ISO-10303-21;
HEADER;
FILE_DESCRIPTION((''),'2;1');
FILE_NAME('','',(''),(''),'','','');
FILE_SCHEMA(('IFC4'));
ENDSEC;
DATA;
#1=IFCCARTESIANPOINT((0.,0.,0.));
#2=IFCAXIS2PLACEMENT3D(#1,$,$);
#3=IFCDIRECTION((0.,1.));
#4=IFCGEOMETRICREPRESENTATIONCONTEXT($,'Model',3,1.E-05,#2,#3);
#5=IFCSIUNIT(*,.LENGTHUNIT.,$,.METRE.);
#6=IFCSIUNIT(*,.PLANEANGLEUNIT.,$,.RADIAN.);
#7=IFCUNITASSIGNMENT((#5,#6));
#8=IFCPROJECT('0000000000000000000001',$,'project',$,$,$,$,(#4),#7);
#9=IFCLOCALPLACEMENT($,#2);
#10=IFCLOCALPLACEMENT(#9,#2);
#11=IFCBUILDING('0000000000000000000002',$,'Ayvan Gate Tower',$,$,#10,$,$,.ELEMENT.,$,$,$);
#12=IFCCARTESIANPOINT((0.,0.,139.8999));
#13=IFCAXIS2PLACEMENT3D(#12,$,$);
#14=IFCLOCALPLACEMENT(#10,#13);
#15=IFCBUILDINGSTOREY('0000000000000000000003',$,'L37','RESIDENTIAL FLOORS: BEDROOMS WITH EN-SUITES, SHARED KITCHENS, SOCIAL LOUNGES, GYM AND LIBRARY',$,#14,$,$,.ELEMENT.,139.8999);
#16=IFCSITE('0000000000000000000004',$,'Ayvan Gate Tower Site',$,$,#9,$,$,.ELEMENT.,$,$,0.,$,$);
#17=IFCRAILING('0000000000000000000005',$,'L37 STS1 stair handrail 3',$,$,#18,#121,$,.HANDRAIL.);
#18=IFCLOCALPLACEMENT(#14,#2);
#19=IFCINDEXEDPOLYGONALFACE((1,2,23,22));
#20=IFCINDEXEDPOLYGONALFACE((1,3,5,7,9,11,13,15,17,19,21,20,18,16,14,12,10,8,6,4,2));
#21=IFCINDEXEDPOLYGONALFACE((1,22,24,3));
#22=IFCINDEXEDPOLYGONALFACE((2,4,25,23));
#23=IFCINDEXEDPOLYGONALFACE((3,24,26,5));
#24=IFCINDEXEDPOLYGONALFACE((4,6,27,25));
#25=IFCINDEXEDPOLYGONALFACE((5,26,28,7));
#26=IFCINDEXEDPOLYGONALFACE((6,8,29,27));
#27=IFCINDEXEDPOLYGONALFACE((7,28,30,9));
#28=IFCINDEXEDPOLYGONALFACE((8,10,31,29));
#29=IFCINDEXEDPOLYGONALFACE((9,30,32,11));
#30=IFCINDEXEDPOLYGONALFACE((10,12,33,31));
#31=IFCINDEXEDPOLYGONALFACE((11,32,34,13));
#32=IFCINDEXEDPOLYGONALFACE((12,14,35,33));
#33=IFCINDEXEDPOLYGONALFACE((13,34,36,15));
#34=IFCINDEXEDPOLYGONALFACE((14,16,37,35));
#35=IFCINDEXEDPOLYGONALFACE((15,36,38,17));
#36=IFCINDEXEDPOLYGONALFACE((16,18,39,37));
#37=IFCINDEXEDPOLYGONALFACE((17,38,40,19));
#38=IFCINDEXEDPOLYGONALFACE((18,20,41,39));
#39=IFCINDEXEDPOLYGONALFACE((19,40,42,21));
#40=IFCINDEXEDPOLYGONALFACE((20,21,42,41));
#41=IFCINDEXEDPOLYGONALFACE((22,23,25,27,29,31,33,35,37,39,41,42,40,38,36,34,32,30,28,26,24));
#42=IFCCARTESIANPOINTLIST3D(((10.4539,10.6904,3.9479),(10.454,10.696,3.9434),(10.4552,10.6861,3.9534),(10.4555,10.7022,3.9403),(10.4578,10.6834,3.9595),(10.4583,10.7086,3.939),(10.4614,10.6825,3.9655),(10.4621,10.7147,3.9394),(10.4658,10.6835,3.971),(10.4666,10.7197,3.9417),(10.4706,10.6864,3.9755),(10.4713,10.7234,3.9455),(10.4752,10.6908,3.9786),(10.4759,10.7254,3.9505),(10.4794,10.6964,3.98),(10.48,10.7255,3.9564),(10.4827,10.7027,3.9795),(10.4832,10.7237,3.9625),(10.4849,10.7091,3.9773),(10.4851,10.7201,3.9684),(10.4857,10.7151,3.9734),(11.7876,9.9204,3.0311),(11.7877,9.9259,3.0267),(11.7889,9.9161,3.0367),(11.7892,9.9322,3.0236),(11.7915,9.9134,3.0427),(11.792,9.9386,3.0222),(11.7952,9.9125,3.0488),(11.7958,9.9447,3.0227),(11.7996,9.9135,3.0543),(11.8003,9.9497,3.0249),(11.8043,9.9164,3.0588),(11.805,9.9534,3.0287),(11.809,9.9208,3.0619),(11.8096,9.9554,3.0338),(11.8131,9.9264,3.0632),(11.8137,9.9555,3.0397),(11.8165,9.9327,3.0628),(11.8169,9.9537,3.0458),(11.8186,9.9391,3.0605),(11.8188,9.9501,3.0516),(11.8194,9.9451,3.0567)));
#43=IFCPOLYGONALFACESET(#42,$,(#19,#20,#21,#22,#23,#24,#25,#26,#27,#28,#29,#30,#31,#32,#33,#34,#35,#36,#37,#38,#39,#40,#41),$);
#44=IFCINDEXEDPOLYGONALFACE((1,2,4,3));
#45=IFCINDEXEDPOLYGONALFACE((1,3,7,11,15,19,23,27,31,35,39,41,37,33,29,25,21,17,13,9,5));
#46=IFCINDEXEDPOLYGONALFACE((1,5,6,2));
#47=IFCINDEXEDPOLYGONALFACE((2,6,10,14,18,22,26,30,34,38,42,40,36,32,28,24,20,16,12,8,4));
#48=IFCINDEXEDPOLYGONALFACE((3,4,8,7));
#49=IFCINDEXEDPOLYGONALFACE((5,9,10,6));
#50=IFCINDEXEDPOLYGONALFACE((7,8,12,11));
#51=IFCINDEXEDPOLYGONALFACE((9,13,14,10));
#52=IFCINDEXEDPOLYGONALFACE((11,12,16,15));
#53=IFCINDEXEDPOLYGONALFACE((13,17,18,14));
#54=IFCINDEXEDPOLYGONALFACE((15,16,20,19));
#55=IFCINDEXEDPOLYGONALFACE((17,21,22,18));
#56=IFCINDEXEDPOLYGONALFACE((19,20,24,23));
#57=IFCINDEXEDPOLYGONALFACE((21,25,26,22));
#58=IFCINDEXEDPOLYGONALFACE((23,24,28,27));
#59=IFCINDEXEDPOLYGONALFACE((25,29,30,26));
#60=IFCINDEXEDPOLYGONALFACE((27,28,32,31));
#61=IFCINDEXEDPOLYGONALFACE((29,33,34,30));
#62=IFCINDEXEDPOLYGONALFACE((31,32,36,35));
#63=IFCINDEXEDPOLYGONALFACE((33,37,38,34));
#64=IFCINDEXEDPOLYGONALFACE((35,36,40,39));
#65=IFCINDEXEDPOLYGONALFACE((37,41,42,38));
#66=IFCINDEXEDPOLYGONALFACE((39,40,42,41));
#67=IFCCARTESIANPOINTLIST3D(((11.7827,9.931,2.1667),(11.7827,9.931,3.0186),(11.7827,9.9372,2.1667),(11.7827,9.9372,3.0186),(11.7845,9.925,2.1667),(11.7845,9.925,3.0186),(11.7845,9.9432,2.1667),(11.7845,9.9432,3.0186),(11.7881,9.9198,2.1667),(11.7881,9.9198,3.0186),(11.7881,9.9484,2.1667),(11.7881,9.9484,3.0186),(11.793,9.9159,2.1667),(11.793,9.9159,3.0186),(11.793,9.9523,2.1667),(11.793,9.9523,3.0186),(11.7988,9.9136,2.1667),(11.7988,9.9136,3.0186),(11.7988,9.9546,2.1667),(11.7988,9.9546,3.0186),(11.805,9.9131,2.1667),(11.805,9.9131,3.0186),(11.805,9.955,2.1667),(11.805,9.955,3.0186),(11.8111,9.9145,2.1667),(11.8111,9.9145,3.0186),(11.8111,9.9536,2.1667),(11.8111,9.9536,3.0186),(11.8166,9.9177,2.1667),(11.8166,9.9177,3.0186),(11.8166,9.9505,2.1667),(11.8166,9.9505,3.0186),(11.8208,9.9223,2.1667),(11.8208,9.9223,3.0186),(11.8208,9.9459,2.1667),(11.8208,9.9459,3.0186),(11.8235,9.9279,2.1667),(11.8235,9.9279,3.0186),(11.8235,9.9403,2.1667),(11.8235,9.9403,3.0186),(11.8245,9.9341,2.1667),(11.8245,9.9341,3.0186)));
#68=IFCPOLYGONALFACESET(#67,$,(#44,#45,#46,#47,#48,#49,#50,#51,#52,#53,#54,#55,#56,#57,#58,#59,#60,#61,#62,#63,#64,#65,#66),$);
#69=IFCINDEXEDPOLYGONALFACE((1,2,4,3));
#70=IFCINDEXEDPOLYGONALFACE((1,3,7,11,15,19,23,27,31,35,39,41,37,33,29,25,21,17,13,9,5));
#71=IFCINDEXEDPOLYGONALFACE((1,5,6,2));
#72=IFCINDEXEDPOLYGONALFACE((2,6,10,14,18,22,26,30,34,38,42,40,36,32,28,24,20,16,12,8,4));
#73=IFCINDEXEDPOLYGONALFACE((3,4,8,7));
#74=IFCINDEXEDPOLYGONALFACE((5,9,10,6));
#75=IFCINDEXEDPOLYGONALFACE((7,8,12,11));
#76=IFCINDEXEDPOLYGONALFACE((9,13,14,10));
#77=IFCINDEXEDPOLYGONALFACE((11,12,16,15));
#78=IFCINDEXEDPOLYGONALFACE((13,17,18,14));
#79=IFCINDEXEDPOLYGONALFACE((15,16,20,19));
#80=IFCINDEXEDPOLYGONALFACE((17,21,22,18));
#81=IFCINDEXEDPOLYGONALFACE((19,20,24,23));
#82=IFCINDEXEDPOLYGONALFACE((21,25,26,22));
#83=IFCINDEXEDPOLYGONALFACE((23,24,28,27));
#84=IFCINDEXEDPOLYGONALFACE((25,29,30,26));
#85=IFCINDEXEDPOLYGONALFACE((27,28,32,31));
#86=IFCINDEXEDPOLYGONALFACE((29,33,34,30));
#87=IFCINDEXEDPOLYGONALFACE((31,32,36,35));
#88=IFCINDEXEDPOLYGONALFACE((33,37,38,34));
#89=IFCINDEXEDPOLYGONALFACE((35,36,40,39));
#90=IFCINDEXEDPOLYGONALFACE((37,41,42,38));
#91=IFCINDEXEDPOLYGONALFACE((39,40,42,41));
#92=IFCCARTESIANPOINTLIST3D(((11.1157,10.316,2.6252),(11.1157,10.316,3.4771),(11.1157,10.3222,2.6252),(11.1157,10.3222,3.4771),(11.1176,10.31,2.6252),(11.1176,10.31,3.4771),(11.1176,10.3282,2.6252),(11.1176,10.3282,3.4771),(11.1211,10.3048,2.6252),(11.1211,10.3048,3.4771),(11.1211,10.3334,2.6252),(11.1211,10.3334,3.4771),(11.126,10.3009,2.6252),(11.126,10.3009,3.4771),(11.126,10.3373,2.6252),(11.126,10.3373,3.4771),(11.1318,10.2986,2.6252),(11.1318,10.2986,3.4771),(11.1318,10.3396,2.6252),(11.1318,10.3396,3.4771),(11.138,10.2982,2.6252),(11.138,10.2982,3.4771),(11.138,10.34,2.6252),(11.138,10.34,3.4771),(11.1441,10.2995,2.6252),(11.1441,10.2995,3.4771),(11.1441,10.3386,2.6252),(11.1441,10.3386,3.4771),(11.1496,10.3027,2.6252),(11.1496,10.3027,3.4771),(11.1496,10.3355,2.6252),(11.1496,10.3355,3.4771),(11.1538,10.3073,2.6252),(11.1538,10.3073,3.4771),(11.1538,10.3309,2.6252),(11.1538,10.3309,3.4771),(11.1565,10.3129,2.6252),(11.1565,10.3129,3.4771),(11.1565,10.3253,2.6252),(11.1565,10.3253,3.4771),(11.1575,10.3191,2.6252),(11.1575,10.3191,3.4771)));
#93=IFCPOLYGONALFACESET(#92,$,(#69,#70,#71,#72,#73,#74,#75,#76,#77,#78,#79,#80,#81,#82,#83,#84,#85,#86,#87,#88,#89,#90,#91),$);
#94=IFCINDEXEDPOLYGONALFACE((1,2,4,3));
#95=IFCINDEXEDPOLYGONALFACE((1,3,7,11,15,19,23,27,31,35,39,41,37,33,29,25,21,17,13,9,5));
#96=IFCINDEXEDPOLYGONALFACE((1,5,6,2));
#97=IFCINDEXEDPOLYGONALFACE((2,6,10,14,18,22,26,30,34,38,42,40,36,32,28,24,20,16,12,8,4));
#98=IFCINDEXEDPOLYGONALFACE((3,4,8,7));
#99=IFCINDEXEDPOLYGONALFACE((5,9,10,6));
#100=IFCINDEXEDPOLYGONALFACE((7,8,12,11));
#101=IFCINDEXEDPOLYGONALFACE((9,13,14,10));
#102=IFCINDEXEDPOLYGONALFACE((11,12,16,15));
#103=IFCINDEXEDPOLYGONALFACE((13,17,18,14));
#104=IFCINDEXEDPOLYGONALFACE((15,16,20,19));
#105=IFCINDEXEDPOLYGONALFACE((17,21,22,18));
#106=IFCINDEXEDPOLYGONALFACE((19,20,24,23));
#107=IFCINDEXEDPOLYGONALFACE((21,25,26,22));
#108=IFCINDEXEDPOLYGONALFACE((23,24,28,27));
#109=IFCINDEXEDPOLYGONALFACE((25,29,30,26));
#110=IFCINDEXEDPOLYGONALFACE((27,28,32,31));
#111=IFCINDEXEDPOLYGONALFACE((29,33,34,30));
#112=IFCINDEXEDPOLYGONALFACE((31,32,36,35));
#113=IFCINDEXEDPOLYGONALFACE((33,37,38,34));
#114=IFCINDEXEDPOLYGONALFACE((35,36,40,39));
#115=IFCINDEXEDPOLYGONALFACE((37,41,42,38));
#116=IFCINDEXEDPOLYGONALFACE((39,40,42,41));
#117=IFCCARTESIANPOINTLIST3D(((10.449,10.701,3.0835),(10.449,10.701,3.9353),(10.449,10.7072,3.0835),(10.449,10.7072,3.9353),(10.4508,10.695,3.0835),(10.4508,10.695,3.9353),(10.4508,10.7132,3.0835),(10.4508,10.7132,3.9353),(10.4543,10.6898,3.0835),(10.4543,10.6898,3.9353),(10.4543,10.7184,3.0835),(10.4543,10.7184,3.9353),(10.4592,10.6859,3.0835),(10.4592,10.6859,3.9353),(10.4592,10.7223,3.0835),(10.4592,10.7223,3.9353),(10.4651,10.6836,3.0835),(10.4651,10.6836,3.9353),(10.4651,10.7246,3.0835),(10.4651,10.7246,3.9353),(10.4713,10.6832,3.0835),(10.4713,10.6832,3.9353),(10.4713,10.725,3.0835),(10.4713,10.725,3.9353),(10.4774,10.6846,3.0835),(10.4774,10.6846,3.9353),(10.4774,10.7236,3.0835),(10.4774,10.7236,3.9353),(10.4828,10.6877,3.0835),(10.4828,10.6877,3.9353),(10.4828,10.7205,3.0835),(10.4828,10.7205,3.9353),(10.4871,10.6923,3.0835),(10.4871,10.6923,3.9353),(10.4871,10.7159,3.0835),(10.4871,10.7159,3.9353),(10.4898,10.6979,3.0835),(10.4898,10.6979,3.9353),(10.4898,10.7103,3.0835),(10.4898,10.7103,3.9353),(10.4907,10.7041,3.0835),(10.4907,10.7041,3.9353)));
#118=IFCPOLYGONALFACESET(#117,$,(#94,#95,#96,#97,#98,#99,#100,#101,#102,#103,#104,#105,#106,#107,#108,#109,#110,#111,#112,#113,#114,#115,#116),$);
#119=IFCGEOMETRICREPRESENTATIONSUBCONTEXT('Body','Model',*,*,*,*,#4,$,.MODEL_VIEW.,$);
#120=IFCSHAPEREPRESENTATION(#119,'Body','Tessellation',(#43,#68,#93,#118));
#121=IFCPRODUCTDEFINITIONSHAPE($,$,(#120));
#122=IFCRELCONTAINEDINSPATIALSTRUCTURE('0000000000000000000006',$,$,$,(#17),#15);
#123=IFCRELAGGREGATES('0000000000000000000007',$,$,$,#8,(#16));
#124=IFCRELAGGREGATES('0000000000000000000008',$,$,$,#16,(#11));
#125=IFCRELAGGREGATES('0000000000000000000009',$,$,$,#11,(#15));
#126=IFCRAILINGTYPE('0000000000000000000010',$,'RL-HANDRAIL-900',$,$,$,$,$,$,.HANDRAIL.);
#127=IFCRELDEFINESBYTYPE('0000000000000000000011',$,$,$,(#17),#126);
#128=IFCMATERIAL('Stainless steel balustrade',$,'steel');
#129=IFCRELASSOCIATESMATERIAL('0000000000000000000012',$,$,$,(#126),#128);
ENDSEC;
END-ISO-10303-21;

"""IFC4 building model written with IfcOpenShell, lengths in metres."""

from ifc_helpers import new_model, si_unit, direction, frame, origin, origin_2d, place, context, subcontext, project, spatial, circle, extrude, material, type_object, element, save


model = new_model("IFC4")

# Units and contexts
model_context = context("Model", 3, precision=1e-05, world=origin(), true_north=direction((0.0, 1.0)))
body_context = subcontext(model_context, "Body", "Model", "MODEL_VIEW")
ifc_project = project(units=[si_unit("LENGTHUNIT", "METRE"), si_unit("PLANEANGLEUNIT", "RADIAN")], contexts=[model_context])

# Site, building, storey
site_placement = place(None, origin())
site = spatial("IfcSite", under=ifc_project, at=site_placement, Name="Ayvan Gate Tower Site", CompositionType="ELEMENT", RefElevation=0.0)
building_placement = place(site_placement, origin())
building = spatial("IfcBuilding", under=site, at=building_placement, Name="Ayvan Gate Tower", CompositionType="ELEMENT")
storey_placement = place(building_placement, frame((0.0, 0.0, 139.8999)))
storey = spatial("IfcBuildingStorey", under=building, at=storey_placement, Name="L37", Description="RESIDENTIAL FLOORS: BEDROOMS WITH EN-SUITES, SHARED KITCHENS, SOCIAL LOUNGES, GYM AND LIBRARY", CompositionType="ELEMENT", Elevation=139.8999)

# Railing
ifc_material_1 = material(Name="Stainless steel balustrade", Category="steel")
railing_type_1 = type_object("IfcRailingType", Name="RL-HANDRAIL-900", PredefinedType="HANDRAIL", material=ifc_material_1)
railing_1_placement = place(storey_placement, frame((11.8035, 9.9341, 2.1667)))
element("IfcRailing", 1, at=railing_1_placement, inside=storey, type_object=railing_type_1, Name="L37 STS1 stair handrail 3", PredefinedType="HANDRAIL", context=body_context, shape_type="SweptSolid", body=[
    extrude(circle(Radius=0.0239, at=origin_2d()), frame((0.0, 0.0, 0.876), z_axis=(-0.744164, 0.429634, 0.511502), x_axis=(-0.499992, -0.86603, 0.0)), (0.0, 0.0, 1.0), 1.7922),
    extrude(circle(Radius=0.021, at=origin_2d()), origin(), (0.0, 0.0, 1.0), 0.8518),
    extrude(circle(Radius=0.021, at=origin_2d()), frame((-0.667, 0.385, 0.4585)), (0.0, 0.0, 1.0), 0.8518),
    extrude(circle(Radius=0.021, at=origin_2d()), frame((-1.3337, 0.77, 0.9167)), (0.0, 0.0, 1.0), 0.8518),
])

save(model, "model.ifc")
